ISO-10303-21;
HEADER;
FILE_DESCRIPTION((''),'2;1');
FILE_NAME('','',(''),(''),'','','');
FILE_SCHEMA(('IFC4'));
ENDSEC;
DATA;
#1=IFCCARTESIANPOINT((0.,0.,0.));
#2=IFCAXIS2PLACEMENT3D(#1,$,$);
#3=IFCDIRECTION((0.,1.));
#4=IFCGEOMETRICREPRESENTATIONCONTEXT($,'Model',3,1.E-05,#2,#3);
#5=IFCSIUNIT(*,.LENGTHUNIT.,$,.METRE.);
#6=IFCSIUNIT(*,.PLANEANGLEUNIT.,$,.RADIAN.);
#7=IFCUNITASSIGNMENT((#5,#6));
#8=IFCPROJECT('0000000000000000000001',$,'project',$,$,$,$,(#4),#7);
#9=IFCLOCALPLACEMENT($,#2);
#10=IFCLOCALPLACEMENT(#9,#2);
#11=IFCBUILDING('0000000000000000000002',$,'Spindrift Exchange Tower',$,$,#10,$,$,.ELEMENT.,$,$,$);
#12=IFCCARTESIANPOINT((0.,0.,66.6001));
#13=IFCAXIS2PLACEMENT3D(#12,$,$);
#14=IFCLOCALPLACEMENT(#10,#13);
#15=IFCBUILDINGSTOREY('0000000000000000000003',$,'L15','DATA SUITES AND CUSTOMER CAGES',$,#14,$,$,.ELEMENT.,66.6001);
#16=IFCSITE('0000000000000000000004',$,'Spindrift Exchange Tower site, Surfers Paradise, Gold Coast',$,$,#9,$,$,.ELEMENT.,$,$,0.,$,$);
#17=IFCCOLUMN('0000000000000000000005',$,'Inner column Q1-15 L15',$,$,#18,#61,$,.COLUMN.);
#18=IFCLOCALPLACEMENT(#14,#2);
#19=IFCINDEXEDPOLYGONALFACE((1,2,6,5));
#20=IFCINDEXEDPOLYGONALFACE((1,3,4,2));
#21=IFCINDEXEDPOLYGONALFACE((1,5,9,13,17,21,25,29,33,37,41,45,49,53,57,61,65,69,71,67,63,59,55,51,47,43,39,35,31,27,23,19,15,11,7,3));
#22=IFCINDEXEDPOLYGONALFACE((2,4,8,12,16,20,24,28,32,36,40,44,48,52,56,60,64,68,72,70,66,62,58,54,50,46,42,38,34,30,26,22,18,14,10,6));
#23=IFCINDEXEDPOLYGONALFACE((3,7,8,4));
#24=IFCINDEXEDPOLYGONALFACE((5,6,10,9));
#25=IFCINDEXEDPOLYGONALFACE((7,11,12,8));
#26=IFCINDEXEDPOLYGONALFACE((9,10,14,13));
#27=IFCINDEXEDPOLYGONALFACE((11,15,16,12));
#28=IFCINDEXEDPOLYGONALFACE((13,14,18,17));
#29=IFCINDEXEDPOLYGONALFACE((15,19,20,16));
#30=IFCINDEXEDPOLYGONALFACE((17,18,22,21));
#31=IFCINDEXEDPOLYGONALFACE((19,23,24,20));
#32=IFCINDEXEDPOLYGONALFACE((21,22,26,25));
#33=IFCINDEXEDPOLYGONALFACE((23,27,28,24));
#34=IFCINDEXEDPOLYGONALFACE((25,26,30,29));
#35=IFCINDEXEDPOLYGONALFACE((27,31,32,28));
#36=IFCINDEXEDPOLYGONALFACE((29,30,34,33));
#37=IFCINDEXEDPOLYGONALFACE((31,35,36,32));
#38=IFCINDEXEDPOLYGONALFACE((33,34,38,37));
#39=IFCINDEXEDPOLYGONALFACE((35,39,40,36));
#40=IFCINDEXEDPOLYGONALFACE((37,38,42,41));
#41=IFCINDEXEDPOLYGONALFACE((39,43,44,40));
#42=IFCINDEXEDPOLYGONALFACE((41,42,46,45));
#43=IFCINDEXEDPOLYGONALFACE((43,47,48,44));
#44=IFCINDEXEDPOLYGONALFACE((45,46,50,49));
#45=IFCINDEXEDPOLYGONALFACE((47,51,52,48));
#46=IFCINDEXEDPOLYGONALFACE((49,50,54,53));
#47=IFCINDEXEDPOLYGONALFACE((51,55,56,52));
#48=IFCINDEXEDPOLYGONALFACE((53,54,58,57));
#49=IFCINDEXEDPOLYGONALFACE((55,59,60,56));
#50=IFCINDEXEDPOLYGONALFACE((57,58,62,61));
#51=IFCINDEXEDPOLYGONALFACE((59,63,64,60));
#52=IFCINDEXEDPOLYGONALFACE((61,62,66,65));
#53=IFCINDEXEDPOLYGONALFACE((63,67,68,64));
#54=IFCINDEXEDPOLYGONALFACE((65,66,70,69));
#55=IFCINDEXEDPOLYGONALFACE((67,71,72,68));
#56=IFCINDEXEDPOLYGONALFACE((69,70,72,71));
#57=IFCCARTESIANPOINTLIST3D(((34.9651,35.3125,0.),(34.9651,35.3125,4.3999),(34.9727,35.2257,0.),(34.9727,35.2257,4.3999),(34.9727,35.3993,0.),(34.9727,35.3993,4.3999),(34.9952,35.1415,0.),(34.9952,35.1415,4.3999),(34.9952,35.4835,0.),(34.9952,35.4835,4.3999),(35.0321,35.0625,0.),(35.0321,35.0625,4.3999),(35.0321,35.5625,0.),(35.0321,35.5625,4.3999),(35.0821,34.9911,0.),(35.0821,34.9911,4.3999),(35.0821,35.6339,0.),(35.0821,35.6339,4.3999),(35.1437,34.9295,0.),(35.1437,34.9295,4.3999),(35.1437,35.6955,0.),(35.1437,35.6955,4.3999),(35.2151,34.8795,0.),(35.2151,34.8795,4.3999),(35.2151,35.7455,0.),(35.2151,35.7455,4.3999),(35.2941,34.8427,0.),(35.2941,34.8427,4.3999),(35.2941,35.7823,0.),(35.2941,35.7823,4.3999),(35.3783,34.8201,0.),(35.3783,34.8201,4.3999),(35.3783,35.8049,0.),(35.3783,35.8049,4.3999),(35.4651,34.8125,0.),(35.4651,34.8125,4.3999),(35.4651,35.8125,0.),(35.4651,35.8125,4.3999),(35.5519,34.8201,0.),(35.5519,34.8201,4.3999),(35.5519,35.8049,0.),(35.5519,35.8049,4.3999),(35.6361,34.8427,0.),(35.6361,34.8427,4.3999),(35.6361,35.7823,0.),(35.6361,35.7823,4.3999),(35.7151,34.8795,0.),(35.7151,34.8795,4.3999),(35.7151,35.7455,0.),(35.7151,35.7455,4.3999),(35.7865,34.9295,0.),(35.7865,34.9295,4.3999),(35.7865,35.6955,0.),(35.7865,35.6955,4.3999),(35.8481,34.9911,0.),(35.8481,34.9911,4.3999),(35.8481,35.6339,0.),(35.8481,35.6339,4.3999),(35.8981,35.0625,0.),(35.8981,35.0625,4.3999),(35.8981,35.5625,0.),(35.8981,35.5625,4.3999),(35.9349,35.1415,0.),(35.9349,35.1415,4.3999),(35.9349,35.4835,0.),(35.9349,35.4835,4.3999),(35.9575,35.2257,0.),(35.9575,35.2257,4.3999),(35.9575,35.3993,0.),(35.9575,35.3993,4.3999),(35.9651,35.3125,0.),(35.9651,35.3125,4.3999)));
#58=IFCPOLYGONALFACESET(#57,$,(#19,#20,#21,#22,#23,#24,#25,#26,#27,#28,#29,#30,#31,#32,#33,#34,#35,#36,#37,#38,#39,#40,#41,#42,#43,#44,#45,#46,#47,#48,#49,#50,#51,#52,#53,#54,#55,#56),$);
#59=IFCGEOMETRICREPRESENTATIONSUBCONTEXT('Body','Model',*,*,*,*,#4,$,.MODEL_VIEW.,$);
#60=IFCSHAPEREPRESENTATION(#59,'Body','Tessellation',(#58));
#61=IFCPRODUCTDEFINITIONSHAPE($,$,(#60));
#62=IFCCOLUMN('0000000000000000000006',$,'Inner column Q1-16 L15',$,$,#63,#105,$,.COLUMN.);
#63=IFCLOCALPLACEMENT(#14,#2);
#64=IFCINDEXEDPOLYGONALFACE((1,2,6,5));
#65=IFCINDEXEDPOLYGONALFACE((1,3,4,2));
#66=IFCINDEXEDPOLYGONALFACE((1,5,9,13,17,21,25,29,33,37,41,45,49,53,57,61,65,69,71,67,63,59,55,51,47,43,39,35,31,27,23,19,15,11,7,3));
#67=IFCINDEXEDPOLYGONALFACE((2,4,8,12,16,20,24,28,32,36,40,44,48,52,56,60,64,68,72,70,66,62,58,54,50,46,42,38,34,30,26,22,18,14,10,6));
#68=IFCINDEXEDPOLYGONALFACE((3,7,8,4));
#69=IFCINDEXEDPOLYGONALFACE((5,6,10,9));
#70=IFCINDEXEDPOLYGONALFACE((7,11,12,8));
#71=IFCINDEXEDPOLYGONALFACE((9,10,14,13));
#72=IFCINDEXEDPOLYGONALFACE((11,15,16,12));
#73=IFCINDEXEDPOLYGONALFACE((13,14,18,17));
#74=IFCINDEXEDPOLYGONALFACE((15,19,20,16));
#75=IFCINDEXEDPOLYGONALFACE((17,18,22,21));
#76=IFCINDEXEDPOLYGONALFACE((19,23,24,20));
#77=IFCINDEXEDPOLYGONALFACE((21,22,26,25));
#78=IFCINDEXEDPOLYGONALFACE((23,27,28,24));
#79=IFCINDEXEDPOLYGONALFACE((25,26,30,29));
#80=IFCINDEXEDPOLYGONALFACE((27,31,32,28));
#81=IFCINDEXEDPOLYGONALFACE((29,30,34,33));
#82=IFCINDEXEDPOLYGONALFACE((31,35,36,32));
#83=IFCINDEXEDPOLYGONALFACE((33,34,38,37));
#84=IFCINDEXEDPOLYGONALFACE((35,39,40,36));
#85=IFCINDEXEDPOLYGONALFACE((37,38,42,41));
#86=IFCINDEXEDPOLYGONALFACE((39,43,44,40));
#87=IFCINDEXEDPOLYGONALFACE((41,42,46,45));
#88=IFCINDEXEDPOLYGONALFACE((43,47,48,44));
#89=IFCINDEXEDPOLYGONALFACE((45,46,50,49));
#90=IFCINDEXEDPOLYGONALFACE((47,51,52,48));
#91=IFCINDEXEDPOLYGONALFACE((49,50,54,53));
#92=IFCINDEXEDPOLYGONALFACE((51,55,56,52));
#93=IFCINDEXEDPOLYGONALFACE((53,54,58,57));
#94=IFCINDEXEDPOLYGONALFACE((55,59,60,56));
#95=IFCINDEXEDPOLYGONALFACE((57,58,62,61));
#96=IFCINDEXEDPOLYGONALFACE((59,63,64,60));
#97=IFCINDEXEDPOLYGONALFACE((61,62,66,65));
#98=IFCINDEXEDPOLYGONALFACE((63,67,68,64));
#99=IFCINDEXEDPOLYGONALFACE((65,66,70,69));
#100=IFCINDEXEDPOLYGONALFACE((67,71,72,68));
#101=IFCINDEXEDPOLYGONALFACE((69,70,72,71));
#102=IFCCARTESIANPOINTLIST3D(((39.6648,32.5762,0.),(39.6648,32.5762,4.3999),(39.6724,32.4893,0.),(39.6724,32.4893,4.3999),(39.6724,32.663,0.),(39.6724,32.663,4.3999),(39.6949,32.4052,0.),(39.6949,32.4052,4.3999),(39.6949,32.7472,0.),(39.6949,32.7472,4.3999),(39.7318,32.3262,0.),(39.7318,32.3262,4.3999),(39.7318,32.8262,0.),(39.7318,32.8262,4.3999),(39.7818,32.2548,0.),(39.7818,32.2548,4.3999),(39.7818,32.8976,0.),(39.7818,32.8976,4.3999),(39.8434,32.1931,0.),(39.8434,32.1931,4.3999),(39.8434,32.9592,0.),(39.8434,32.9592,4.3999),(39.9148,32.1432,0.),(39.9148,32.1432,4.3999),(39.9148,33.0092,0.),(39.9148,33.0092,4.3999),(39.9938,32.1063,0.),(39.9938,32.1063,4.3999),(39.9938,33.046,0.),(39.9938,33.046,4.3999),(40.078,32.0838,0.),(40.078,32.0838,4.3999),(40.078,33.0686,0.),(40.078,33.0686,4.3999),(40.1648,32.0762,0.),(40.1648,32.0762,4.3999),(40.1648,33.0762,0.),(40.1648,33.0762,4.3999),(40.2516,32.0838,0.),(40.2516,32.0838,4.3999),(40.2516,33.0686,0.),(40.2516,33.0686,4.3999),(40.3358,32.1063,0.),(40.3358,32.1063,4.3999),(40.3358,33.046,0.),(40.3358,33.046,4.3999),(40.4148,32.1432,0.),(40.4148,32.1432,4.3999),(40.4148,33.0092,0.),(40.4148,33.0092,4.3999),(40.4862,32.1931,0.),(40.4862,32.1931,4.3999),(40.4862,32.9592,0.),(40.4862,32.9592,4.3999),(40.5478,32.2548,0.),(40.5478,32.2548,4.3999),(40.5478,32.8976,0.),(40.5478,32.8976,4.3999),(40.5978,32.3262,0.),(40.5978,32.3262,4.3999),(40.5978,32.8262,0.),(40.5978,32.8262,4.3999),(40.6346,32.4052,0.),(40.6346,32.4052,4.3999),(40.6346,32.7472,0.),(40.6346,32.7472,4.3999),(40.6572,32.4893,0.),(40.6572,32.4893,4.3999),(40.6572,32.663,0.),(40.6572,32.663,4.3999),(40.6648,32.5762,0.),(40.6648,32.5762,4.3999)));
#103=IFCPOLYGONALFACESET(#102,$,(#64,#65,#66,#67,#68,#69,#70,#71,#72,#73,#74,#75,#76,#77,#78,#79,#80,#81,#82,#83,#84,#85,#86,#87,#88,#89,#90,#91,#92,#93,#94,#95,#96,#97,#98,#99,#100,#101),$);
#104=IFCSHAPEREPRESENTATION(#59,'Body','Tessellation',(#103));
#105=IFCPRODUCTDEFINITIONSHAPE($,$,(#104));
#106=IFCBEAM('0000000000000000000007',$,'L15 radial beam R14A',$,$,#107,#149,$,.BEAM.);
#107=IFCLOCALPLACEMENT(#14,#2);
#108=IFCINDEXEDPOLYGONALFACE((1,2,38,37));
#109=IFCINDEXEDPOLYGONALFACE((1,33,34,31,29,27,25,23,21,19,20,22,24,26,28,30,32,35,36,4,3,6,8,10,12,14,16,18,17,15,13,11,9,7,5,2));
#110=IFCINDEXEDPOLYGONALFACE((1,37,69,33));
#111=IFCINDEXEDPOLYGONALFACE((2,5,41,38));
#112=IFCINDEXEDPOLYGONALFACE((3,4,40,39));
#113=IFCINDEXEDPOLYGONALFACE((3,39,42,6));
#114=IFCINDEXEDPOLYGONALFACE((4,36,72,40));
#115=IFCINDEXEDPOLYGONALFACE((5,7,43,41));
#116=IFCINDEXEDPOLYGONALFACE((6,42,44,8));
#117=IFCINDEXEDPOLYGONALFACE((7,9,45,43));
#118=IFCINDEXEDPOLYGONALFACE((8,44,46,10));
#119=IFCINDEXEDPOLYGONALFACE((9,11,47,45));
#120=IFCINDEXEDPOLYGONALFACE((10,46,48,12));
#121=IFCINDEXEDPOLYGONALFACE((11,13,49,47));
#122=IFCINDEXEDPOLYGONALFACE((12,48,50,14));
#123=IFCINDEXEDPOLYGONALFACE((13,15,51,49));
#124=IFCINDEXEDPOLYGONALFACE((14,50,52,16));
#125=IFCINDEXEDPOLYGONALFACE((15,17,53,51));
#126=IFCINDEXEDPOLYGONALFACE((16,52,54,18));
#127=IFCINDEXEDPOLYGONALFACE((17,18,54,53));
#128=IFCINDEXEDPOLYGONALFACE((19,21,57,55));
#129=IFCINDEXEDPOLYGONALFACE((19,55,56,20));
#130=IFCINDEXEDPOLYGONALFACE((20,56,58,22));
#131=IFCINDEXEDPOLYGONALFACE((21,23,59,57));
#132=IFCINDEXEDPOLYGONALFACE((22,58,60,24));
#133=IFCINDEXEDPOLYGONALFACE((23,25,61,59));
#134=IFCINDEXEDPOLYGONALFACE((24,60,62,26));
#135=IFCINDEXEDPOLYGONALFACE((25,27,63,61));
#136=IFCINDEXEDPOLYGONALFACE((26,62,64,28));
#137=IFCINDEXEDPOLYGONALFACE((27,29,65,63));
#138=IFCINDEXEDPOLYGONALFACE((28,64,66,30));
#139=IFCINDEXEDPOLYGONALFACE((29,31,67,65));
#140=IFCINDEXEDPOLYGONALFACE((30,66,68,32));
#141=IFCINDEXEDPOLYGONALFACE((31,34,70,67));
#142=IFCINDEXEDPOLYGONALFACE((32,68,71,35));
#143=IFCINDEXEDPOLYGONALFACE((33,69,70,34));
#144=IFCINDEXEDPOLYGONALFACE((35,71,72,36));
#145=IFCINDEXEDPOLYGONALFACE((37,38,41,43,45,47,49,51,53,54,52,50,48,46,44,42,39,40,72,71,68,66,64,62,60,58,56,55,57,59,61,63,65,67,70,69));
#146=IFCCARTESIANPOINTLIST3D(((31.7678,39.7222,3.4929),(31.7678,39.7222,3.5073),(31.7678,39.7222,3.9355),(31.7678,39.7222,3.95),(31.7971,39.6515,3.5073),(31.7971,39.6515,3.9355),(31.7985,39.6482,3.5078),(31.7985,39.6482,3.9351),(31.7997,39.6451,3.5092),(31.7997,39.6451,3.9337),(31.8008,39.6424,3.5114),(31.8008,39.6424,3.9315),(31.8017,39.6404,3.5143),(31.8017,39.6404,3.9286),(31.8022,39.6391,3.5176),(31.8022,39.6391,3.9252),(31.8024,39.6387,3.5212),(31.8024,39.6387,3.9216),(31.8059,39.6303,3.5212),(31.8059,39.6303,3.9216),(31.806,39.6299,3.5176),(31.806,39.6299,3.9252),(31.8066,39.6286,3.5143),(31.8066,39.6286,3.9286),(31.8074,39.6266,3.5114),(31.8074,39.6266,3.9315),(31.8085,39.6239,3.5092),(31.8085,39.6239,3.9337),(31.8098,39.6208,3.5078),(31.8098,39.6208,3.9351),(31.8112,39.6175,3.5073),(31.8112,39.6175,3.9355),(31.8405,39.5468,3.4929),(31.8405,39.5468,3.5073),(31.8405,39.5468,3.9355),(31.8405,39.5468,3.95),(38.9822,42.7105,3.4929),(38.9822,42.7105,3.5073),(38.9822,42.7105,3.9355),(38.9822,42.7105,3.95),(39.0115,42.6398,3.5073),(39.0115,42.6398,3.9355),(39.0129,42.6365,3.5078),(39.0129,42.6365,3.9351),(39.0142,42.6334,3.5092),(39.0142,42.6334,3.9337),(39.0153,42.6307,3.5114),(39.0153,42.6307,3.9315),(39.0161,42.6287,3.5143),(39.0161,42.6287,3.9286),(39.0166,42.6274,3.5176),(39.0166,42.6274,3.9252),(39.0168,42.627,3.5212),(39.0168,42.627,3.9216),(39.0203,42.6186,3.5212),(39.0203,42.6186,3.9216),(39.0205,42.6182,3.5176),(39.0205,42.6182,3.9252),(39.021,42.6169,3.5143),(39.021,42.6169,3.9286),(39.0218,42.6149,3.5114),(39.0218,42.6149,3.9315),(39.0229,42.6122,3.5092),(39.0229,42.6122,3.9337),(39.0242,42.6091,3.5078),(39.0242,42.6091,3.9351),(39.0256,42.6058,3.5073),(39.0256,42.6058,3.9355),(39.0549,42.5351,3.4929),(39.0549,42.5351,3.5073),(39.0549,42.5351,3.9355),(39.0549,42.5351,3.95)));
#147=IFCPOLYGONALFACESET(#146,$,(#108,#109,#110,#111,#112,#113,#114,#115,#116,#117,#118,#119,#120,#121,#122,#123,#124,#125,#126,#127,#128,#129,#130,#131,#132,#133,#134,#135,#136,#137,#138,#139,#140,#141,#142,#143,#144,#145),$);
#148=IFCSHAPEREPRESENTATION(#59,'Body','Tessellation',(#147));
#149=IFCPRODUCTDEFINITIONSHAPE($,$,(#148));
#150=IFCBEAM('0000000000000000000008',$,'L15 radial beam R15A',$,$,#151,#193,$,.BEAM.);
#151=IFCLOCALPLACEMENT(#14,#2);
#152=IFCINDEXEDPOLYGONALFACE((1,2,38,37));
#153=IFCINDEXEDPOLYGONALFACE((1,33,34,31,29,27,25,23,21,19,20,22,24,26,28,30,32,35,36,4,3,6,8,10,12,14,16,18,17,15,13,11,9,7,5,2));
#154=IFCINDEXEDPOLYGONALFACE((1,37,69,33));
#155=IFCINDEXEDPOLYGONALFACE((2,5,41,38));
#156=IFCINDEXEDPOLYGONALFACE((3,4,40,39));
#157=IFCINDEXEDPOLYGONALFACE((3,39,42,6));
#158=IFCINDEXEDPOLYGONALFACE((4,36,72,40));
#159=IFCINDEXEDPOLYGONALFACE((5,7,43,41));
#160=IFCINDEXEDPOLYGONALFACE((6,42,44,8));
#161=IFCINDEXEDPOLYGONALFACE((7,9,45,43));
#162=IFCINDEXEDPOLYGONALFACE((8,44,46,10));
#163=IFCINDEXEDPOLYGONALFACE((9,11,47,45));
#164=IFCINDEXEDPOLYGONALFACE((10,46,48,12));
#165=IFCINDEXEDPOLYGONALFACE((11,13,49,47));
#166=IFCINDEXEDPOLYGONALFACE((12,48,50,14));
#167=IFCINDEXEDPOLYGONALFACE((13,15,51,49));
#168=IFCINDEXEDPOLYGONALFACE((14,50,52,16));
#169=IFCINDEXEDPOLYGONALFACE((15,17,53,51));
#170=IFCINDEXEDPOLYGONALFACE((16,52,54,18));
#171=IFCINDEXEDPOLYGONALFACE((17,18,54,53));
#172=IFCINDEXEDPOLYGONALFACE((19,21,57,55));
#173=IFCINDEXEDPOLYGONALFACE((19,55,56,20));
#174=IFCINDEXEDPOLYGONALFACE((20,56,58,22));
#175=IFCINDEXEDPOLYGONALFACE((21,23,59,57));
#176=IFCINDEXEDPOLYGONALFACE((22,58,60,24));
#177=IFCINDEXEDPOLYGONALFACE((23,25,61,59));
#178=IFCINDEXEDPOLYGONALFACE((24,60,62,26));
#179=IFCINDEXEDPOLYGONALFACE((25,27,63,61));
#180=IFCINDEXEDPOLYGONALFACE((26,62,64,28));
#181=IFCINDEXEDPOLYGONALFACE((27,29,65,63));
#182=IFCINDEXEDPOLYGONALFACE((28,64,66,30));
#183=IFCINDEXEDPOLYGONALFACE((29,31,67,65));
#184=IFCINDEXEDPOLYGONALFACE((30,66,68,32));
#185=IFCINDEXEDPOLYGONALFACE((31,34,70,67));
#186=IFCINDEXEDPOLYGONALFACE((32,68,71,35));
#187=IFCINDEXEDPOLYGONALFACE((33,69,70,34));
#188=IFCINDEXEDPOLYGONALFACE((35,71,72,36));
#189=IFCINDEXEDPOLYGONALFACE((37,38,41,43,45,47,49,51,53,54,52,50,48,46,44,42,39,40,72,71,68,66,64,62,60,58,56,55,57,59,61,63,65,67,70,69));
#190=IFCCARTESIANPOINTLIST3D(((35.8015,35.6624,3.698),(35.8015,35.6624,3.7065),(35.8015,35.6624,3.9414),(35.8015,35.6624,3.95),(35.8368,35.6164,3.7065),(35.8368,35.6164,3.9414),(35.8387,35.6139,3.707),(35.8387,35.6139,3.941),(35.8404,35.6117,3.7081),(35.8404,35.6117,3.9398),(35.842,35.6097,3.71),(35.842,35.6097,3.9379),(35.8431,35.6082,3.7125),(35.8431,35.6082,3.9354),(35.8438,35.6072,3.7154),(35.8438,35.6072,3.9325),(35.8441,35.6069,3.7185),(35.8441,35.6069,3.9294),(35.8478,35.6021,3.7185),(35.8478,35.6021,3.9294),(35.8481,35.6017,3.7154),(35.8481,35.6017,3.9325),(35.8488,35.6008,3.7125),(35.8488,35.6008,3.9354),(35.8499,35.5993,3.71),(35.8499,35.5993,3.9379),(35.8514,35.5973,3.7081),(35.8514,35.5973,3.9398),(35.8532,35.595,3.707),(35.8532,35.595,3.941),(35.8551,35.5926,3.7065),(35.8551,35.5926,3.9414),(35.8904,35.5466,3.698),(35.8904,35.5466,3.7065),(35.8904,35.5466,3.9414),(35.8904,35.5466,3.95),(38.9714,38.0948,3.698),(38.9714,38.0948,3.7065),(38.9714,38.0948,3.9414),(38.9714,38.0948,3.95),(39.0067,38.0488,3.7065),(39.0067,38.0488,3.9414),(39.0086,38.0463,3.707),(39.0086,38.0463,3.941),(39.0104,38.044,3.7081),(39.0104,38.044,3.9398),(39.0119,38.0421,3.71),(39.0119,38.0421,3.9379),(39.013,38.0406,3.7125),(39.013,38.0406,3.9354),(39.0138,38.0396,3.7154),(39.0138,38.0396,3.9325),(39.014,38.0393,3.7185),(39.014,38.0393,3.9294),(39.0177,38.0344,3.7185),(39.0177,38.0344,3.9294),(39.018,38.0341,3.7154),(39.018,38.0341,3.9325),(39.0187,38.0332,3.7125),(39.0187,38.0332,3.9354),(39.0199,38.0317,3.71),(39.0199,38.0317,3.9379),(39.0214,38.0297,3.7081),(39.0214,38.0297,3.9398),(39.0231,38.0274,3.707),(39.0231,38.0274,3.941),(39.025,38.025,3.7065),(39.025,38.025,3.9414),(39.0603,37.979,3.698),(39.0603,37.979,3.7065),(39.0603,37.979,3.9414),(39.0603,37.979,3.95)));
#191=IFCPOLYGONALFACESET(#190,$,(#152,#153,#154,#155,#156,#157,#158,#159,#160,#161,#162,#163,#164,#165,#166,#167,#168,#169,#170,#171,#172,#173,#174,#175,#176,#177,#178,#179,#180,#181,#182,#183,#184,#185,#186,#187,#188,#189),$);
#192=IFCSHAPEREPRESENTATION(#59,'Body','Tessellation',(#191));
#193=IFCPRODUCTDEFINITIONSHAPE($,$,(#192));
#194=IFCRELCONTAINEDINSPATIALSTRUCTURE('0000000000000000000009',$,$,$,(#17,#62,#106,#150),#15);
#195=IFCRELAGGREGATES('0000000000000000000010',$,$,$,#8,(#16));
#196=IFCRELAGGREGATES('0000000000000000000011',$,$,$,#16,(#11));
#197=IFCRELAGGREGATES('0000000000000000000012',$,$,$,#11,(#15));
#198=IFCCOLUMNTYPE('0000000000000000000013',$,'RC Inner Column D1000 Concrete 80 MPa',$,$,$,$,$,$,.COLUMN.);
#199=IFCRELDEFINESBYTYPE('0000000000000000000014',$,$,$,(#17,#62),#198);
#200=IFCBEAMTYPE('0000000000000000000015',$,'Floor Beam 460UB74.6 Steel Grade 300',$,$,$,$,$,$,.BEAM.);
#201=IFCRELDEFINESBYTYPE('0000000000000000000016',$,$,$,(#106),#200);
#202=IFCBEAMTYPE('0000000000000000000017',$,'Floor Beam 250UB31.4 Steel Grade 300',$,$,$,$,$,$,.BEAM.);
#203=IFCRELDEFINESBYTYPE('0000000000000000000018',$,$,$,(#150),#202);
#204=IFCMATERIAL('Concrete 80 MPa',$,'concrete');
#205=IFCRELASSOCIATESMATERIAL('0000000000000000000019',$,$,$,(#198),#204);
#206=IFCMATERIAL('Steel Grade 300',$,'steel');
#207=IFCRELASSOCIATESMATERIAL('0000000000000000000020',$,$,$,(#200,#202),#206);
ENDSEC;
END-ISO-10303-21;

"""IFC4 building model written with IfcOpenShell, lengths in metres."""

from ifc_helpers import new_model, si_unit, direction, frame, origin, origin_2d, place, context, subcontext, project, spatial, circle, i_section, extrude, source, transform, mapped, material, material_profile, profile_set, type_object, element, save


model = new_model("IFC4")

# Units and contexts
model_context = context("Model", 3, precision=1e-05, world=origin(), true_north=direction((0.0, 1.0)))
body_context = subcontext(model_context, "Body", "Model", "MODEL_VIEW")
ifc_project = project(units=[si_unit("LENGTHUNIT", "METRE"), si_unit("PLANEANGLEUNIT", "RADIAN")], contexts=[model_context])

# Site, building, storey
site_placement = place(None, origin())
site = spatial("IfcSite", under=ifc_project, at=site_placement, Name="Spindrift Exchange Tower site, Surfers Paradise, Gold Coast", CompositionType="ELEMENT", RefElevation=0.0)
building_placement = place(site_placement, origin())
building = spatial("IfcBuilding", under=site, at=building_placement, Name="Spindrift Exchange Tower", CompositionType="ELEMENT")
storey_placement = place(building_placement, frame((0.0, 0.0, 66.6001)))
storey = spatial("IfcBuildingStorey", under=building, at=storey_placement, Name="L15", Description="DATA SUITES AND CUSTOMER CAGES", CompositionType="ELEMENT", Elevation=66.6001)

# Columns
ifc_material_1 = material(Name="Concrete 80 MPa", Category="concrete")
ifc_material_profile_1 = material_profile(ifc_material_1, circle(Radius=0.5, at=origin_2d()), Name="RC D1000")
ifc_profile_set_1 = profile_set([ifc_material_profile_1], Name="Concrete 80 MPa")
column_type = type_object("IfcColumnType", Name="RC Inner Column D1000 Concrete 80 MPa", PredefinedType="COLUMN", material=ifc_profile_set_1)
shared_shape_1 = source(origin(), body_context, "Body", "SweptSolid", [
    extrude(circle(Radius=0.5, at=origin_2d()), origin(), (0.0, 0.0, 1.0), 4.3999),
])
for number, where, z_axis, x_axis, name in (
    (1, (35.4651, 35.3125, 0.0), (0.0, 0.0, 1.0), (1.0, 0.0, 0.0), "Inner column Q1-15 L15"),
    (2, (40.1648, 32.5762, 0.0), (0.0, 0.0, 1.0), (1.0, 0.0, 0.0), "Inner column Q1-16 L15"),
):
    element("IfcColumn", number, at=place(storey_placement, frame(where, z_axis=z_axis, x_axis=x_axis)), inside=storey, type_object=column_type, Name=name, PredefinedType="COLUMN", context=body_context, shape_type="MappedRepresentation", body=[
        mapped(shared_shape_1, transform((0.0, 0.0, 0.0), scale=1.0)),
    ])

# Beams
ifc_material_2 = material(Name="Steel Grade 300", Category="steel")
ifc_material_profile_2 = material_profile(ifc_material_2, i_section(OverallWidth=0.1899, OverallDepth=0.457, WebThickness=0.009, FlangeThickness=0.0144, FilletRadius=0.0139, at=origin_2d()), Name="460UB74.6")
ifc_profile_set_2 = profile_set([ifc_material_profile_2], Name="Steel Grade 300")
beam_type_1 = type_object("IfcBeamType", Name="Floor Beam 460UB74.6 Steel Grade 300", PredefinedType="BEAM", material=ifc_profile_set_2)
shared_shape_2 = source(origin(), body_context, "Body", "SweptSolid", [
    extrude(i_section(OverallWidth=0.1899, OverallDepth=0.457, WebThickness=0.009, FlangeThickness=0.0144, FilletRadius=0.0139, at=origin_2d()), origin(), (0.0, 0.0, 1.0), 7.8088),
])
beam_1_placement = place(storey_placement, frame((39.0186, 42.6228, 3.7214), z_axis=(-0.92388, -0.382683, 0.0), x_axis=(0.382683, -0.92388, 0.0)))
element("IfcBeam", 3, at=beam_1_placement, inside=storey, type_object=beam_type_1, Name="L15 radial beam R14A", PredefinedType="BEAM", context=body_context, shape_type="MappedRepresentation", body=[
    mapped(shared_shape_2, transform((0.0, 0.0, 0.0), scale=1.0)),
])
ifc_material_profile_3 = material_profile(ifc_material_2, i_section(OverallWidth=0.146, OverallDepth=0.252, WebThickness=0.0061, FlangeThickness=0.0085, FilletRadius=0.012, at=origin_2d()), Name="250UB31.4")
ifc_profile_set_3 = profile_set([ifc_material_profile_3], Name="Steel Grade 300")
beam_type_2 = type_object("IfcBeamType", Name="Floor Beam 250UB31.4 Steel Grade 300", PredefinedType="BEAM", material=ifc_profile_set_3)
shared_shape_3 = source(origin(), body_context, "Body", "SweptSolid", [
    extrude(i_section(OverallWidth=0.146, OverallDepth=0.252, WebThickness=0.0061, FlangeThickness=0.0085, FilletRadius=0.012, at=origin_2d()), origin(), (0.0, 0.0, 1.0), 3.9956),
])
beam_2_placement = place(storey_placement, frame((39.0159, 38.0369, 3.824), z_axis=(-0.793353, -0.608762, 0.0), x_axis=(0.608762, -0.793353, 0.0)))
element("IfcBeam", 4, at=beam_2_placement, inside=storey, type_object=beam_type_2, Name="L15 radial beam R15A", PredefinedType="BEAM", context=body_context, shape_type="MappedRepresentation", body=[
    mapped(shared_shape_3, transform((0.0, 0.0, 0.0), scale=1.0)),
])

save(model, "model.ifc")
